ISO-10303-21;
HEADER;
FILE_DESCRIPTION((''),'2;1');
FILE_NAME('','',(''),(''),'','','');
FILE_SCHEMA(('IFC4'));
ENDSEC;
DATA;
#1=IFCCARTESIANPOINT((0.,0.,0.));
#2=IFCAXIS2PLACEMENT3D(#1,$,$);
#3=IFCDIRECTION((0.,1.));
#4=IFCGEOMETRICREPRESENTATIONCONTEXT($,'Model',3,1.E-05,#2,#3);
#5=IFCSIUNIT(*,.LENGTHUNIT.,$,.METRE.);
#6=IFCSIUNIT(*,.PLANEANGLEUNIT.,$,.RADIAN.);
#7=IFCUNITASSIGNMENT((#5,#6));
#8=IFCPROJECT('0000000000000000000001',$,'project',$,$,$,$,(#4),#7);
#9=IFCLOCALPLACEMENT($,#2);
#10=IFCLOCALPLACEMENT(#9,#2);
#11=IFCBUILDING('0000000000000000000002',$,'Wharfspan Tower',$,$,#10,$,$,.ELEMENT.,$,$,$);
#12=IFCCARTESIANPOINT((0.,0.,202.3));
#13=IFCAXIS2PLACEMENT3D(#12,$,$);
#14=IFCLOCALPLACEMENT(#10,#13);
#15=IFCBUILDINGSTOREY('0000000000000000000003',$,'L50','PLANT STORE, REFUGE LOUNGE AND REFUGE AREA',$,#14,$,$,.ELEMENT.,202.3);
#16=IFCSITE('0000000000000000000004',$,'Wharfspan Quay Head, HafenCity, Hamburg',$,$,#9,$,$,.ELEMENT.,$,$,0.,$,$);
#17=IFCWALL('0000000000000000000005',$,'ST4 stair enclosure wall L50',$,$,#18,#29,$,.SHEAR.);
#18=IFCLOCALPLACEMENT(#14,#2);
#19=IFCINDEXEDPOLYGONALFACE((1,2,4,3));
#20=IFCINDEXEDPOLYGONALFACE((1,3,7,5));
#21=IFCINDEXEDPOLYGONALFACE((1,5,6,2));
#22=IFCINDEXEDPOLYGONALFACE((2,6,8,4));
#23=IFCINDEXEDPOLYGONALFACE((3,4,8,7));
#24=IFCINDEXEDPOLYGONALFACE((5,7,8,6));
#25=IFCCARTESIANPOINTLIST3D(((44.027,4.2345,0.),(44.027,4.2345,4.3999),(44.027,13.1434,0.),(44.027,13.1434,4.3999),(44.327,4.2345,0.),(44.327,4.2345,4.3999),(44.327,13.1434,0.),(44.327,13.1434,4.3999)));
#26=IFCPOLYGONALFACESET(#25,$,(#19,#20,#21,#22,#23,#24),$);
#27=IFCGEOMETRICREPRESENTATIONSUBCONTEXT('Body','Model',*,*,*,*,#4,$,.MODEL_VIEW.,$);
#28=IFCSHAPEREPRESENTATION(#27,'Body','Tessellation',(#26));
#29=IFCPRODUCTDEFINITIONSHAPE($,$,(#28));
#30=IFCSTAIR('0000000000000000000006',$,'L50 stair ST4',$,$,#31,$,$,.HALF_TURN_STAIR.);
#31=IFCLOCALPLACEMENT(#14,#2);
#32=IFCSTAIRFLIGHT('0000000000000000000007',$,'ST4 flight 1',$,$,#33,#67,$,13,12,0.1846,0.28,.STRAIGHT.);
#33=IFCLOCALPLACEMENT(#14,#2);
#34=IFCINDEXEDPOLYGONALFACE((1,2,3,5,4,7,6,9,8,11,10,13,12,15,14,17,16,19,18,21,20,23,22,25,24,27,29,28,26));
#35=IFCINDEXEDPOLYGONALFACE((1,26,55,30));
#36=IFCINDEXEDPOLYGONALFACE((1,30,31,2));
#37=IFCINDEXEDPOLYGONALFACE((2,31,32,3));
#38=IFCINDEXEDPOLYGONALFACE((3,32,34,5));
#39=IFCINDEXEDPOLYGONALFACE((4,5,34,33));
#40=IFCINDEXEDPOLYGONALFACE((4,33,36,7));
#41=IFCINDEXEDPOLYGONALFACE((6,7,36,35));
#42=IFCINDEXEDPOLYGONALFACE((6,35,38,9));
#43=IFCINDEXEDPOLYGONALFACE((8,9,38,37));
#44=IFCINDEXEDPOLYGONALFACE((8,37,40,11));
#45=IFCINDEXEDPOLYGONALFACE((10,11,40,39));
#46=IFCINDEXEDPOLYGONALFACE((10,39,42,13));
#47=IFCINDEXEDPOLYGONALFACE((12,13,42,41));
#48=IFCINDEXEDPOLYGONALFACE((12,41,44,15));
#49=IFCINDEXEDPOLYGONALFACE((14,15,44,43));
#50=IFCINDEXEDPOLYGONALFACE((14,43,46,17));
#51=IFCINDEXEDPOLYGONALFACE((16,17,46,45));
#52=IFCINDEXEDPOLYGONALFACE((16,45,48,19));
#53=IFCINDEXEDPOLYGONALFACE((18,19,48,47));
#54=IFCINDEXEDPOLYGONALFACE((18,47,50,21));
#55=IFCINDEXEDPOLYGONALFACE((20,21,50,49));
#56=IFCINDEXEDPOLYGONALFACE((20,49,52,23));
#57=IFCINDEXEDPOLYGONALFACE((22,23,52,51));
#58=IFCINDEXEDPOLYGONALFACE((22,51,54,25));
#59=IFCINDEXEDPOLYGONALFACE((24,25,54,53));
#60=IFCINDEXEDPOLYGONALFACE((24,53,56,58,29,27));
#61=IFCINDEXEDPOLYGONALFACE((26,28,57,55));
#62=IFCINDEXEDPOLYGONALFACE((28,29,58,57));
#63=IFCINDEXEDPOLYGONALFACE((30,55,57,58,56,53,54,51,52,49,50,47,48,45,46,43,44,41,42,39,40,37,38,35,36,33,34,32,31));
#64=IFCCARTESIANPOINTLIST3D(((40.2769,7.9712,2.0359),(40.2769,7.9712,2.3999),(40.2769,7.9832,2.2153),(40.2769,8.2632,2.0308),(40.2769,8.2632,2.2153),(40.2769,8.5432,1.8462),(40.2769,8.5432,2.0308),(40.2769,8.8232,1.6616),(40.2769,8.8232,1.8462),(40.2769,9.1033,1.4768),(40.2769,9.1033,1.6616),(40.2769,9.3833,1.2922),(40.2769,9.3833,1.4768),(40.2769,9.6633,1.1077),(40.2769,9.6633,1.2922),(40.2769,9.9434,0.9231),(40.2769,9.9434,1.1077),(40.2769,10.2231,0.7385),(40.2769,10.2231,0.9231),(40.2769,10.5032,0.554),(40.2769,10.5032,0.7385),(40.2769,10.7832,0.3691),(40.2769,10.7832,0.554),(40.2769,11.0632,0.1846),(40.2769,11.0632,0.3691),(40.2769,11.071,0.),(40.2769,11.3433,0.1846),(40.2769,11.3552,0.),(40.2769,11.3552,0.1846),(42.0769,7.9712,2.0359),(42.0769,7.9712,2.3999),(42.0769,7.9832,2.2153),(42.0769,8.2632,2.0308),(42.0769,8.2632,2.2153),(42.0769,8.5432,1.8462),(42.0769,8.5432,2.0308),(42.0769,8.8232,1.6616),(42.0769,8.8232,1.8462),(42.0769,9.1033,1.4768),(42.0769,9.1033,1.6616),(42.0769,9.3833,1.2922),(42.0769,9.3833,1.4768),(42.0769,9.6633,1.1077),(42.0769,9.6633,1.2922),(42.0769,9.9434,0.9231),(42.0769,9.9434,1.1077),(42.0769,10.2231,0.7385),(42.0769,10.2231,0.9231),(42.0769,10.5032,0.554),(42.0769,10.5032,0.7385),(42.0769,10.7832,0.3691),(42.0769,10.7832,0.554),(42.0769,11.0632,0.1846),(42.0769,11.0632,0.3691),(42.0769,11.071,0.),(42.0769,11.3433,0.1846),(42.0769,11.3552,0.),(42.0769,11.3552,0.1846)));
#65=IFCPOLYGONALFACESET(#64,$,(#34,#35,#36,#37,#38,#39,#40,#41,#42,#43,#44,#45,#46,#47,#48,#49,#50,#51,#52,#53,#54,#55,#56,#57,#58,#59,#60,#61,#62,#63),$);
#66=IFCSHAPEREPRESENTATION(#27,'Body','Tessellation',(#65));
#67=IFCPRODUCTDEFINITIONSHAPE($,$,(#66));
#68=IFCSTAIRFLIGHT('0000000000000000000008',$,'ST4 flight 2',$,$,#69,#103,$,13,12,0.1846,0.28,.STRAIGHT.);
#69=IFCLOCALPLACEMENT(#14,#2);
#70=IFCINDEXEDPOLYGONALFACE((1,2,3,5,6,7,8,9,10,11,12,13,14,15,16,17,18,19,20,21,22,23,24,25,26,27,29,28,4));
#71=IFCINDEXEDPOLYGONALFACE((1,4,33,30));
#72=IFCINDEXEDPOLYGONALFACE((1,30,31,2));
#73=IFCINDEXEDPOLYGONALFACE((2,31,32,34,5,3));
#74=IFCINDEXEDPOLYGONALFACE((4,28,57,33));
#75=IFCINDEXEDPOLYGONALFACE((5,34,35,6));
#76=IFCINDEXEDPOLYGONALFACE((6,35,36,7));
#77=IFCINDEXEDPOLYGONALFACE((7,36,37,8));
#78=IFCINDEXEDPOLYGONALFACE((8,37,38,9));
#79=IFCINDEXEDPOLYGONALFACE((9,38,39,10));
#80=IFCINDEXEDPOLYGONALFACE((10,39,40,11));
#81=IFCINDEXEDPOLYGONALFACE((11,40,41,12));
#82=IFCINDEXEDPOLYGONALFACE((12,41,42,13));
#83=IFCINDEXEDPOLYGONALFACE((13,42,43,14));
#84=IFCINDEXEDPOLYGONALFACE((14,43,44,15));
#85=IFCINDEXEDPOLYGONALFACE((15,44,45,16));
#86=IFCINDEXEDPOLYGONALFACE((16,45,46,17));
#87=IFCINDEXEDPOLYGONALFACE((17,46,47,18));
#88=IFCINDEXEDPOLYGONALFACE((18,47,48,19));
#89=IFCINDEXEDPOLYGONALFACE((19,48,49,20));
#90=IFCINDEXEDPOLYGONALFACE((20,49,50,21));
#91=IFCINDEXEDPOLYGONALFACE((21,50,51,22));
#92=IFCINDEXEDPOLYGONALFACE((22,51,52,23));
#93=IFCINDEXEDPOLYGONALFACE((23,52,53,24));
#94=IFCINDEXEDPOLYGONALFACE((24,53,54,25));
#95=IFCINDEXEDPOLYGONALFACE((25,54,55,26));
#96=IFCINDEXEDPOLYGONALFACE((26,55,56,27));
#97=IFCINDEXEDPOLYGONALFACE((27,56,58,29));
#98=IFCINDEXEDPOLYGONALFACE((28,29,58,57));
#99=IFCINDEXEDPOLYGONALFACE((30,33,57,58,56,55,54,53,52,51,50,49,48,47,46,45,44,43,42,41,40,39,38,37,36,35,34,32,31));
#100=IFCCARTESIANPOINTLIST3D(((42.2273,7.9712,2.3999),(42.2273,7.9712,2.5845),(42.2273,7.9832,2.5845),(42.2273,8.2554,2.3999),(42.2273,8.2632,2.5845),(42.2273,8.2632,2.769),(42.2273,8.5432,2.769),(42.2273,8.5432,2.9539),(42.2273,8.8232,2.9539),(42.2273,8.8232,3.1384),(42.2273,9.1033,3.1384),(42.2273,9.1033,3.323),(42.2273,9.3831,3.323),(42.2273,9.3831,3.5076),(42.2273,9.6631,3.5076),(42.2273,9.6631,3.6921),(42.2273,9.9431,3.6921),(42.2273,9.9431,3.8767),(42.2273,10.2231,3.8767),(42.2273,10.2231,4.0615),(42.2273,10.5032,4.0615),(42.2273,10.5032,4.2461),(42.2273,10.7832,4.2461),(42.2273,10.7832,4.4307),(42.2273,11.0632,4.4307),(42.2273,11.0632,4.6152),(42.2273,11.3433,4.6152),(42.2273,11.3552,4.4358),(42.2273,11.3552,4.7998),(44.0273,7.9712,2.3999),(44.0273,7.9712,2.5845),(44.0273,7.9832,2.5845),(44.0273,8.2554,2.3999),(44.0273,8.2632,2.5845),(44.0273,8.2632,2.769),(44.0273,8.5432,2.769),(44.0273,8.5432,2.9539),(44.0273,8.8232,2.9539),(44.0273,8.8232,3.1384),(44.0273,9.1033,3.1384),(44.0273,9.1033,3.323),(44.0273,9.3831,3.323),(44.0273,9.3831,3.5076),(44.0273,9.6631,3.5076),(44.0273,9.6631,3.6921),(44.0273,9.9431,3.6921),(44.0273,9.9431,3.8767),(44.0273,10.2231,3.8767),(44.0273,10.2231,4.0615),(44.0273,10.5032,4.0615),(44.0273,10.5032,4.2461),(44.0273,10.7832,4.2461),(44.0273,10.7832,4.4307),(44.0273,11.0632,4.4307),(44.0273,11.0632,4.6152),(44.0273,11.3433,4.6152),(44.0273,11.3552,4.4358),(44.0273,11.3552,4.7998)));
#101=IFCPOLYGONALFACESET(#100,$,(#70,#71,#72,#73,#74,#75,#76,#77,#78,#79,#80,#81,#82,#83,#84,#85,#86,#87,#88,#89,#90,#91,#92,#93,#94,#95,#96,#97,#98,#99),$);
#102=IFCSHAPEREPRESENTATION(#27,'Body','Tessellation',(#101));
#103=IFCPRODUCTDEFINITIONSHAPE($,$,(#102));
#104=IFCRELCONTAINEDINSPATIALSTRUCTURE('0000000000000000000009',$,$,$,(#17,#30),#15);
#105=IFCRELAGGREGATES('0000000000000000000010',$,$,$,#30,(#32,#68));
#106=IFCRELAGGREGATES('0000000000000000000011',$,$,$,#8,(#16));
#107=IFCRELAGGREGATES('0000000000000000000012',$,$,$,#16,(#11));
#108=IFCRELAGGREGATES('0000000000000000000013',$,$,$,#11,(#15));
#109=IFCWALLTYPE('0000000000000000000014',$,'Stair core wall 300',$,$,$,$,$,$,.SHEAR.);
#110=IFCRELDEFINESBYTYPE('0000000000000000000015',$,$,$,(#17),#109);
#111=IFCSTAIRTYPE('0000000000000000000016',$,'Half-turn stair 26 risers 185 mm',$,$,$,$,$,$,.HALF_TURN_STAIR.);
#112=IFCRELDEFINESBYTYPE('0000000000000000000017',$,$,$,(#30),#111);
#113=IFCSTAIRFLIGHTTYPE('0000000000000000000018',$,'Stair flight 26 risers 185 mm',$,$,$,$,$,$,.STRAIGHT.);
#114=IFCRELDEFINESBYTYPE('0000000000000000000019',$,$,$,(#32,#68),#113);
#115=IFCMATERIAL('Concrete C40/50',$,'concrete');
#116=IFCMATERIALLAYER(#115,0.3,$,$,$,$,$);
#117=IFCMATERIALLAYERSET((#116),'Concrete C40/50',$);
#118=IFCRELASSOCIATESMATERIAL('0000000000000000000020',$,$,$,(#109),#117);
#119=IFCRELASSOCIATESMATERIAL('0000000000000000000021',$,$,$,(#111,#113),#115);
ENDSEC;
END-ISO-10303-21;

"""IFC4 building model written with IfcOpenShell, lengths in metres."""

from ifc_helpers import new_model, si_unit, direction, frame, frame_2d, origin, place, context, subcontext, project, spatial, polyline, rectangle, outline, extrude, material, layer, layer_set, type_object, element, aggregate, save


model = new_model("IFC4")

# Units and contexts
model_context = context("Model", 3, precision=1e-05, world=origin(), true_north=direction((0.0, 1.0)))
body_context = subcontext(model_context, "Body", "Model", "MODEL_VIEW")
ifc_project = project(units=[si_unit("LENGTHUNIT", "METRE"), si_unit("PLANEANGLEUNIT", "RADIAN")], contexts=[model_context])

# Site, building, storey
site_placement = place(None, origin())
site = spatial("IfcSite", under=ifc_project, at=site_placement, Name="Wharfspan Quay Head, HafenCity, Hamburg", CompositionType="ELEMENT", RefElevation=0.0)
building_placement = place(site_placement, origin())
building = spatial("IfcBuilding", under=site, at=building_placement, Name="Wharfspan Tower", CompositionType="ELEMENT")
storey_placement = place(building_placement, frame((0.0, 0.0, 202.3)))
storey = spatial("IfcBuildingStorey", under=building, at=storey_placement, Name="L50", Description="PLANT STORE, REFUGE LOUNGE AND REFUGE AREA", CompositionType="ELEMENT", Elevation=202.3)

# Shared definitions
ifc_material_1 = material(Name="Concrete C40/50", Category="concrete")

# Wall
ifc_layer_1 = layer(ifc_material_1, 0.3)
ifc_layer_set_1 = layer_set([ifc_layer_1], Name="Concrete C40/50")
wall_type_1 = type_object("IfcWallType", Name="Stair core wall 300", PredefinedType="SHEAR", material=ifc_layer_set_1)
wall_1_placement = place(storey_placement, frame((44.177, 4.2344, 0.0), z_axis=(0.0, 0.0, 1.0), x_axis=(0.0, 1.0, 0.0)))
element("IfcWall", 1, at=wall_1_placement, inside=storey, type_object=wall_type_1, Name="ST4 stair enclosure wall L50", PredefinedType="SHEAR", context=body_context, shape_type="SweptSolid", body=[
    extrude(rectangle(XDim=8.9089, YDim=0.3, at=frame_2d((4.4546, 0.0))), origin(), (0.0, 0.0, 1.0), 4.3999),
])

# Stair, stair flights
stair_type = type_object("IfcStairType", Name="Half-turn stair 26 risers 185 mm", PredefinedType="HALF_TURN_STAIR", material=ifc_material_1)
stair_placement = place(storey_placement, origin())
stair = element("IfcStair", 2, at=stair_placement, inside=storey, type_object=stair_type, Name="L50 stair ST4", PredefinedType="HALF_TURN_STAIR")
stair_flight_type = type_object("IfcStairFlightType", Name="Stair flight 26 risers 185 mm", PredefinedType="STRAIGHT", material=ifc_material_1)
stair_flight_1_placement = place(storey_placement, frame((41.177, 11.3433, 0.0), z_axis=(0.0, 0.0, 1.0), x_axis=(0.0, -1.0, 0.0)))
stair_flight_1 = element("IfcStairFlight", 3, at=stair_flight_1_placement, type_object=stair_flight_type, Name="ST4 flight 1", NumberOfRisers=13, NumberOfTreads=12, PredefinedType="STRAIGHT", RiserHeight=0.1846, TreadLength=0.28, context=body_context, shape_type="SweptSolid", body=[
    extrude(outline(polyline([(-0.012, 0.0), (-0.012, 0.1846), (0.0, 0.1846), (0.28, 0.1846), (0.28, 0.3691), (0.5601, 0.3691), (0.5601, 0.554), (0.8401, 0.554), (0.8401, 0.7385), (1.1201, 0.7385), (1.1201, 0.9231), (1.3999, 0.9231), (1.3999, 1.1077), (1.6799, 1.1077), (1.6799, 1.2922), (1.96, 1.2922), (1.96, 1.4768), (2.24, 1.4768), (2.24, 1.6616), (2.52, 1.6616), (2.52, 1.8462), (2.8, 1.8462), (2.8, 2.0308), (3.0801, 2.0308), (3.0801, 2.2153), (3.3601, 2.2153), (3.3721, 2.3999), (3.3721, 2.0359), (0.2722, 0.0), (-0.012, 0.0)])), frame((0.0, 0.8999, 0.0), z_axis=(0.0, -1.0, 0.0), x_axis=(1.0, 0.0, 0.0)), (0.0, 0.0, 1.0), 1.8),
])
stair_flight_2_placement = place(storey_placement, frame((43.1272, 7.9832, 2.3999), z_axis=(0.0, 0.0, 1.0), x_axis=(0.0, 1.0, 0.0)))
stair_flight_2 = element("IfcStairFlight", 4, at=stair_flight_2_placement, type_object=stair_flight_type, Name="ST4 flight 2", NumberOfRisers=13, NumberOfTreads=12, PredefinedType="STRAIGHT", RiserHeight=0.1846, TreadLength=0.28, context=body_context, shape_type="SweptSolid", body=[
    extrude(outline(polyline([(-0.012, 0.0), (-0.012, 0.1846), (0.0, 0.1846), (0.28, 0.1846), (0.28, 0.3691), (0.5601, 0.3691), (0.5601, 0.554), (0.8401, 0.554), (0.8401, 0.7385), (1.1201, 0.7385), (1.1201, 0.9231), (1.3999, 0.9231), (1.3999, 1.1077), (1.6799, 1.1077), (1.6799, 1.2922), (1.96, 1.2922), (1.96, 1.4768), (2.24, 1.4768), (2.24, 1.6616), (2.52, 1.6616), (2.52, 1.8462), (2.8, 1.8462), (2.8, 2.0308), (3.0801, 2.0308), (3.0801, 2.2153), (3.3601, 2.2153), (3.3721, 2.3999), (3.3721, 2.0359), (0.2722, 0.0), (-0.012, 0.0)])), frame((0.0, 0.8999, 0.0), z_axis=(0.0, -1.0, 0.0), x_axis=(1.0, 0.0, 0.0)), (0.0, 0.0, 1.0), 1.8),
])
aggregate(stair, [stair_flight_1, stair_flight_2])

save(model, "model.ifc")
